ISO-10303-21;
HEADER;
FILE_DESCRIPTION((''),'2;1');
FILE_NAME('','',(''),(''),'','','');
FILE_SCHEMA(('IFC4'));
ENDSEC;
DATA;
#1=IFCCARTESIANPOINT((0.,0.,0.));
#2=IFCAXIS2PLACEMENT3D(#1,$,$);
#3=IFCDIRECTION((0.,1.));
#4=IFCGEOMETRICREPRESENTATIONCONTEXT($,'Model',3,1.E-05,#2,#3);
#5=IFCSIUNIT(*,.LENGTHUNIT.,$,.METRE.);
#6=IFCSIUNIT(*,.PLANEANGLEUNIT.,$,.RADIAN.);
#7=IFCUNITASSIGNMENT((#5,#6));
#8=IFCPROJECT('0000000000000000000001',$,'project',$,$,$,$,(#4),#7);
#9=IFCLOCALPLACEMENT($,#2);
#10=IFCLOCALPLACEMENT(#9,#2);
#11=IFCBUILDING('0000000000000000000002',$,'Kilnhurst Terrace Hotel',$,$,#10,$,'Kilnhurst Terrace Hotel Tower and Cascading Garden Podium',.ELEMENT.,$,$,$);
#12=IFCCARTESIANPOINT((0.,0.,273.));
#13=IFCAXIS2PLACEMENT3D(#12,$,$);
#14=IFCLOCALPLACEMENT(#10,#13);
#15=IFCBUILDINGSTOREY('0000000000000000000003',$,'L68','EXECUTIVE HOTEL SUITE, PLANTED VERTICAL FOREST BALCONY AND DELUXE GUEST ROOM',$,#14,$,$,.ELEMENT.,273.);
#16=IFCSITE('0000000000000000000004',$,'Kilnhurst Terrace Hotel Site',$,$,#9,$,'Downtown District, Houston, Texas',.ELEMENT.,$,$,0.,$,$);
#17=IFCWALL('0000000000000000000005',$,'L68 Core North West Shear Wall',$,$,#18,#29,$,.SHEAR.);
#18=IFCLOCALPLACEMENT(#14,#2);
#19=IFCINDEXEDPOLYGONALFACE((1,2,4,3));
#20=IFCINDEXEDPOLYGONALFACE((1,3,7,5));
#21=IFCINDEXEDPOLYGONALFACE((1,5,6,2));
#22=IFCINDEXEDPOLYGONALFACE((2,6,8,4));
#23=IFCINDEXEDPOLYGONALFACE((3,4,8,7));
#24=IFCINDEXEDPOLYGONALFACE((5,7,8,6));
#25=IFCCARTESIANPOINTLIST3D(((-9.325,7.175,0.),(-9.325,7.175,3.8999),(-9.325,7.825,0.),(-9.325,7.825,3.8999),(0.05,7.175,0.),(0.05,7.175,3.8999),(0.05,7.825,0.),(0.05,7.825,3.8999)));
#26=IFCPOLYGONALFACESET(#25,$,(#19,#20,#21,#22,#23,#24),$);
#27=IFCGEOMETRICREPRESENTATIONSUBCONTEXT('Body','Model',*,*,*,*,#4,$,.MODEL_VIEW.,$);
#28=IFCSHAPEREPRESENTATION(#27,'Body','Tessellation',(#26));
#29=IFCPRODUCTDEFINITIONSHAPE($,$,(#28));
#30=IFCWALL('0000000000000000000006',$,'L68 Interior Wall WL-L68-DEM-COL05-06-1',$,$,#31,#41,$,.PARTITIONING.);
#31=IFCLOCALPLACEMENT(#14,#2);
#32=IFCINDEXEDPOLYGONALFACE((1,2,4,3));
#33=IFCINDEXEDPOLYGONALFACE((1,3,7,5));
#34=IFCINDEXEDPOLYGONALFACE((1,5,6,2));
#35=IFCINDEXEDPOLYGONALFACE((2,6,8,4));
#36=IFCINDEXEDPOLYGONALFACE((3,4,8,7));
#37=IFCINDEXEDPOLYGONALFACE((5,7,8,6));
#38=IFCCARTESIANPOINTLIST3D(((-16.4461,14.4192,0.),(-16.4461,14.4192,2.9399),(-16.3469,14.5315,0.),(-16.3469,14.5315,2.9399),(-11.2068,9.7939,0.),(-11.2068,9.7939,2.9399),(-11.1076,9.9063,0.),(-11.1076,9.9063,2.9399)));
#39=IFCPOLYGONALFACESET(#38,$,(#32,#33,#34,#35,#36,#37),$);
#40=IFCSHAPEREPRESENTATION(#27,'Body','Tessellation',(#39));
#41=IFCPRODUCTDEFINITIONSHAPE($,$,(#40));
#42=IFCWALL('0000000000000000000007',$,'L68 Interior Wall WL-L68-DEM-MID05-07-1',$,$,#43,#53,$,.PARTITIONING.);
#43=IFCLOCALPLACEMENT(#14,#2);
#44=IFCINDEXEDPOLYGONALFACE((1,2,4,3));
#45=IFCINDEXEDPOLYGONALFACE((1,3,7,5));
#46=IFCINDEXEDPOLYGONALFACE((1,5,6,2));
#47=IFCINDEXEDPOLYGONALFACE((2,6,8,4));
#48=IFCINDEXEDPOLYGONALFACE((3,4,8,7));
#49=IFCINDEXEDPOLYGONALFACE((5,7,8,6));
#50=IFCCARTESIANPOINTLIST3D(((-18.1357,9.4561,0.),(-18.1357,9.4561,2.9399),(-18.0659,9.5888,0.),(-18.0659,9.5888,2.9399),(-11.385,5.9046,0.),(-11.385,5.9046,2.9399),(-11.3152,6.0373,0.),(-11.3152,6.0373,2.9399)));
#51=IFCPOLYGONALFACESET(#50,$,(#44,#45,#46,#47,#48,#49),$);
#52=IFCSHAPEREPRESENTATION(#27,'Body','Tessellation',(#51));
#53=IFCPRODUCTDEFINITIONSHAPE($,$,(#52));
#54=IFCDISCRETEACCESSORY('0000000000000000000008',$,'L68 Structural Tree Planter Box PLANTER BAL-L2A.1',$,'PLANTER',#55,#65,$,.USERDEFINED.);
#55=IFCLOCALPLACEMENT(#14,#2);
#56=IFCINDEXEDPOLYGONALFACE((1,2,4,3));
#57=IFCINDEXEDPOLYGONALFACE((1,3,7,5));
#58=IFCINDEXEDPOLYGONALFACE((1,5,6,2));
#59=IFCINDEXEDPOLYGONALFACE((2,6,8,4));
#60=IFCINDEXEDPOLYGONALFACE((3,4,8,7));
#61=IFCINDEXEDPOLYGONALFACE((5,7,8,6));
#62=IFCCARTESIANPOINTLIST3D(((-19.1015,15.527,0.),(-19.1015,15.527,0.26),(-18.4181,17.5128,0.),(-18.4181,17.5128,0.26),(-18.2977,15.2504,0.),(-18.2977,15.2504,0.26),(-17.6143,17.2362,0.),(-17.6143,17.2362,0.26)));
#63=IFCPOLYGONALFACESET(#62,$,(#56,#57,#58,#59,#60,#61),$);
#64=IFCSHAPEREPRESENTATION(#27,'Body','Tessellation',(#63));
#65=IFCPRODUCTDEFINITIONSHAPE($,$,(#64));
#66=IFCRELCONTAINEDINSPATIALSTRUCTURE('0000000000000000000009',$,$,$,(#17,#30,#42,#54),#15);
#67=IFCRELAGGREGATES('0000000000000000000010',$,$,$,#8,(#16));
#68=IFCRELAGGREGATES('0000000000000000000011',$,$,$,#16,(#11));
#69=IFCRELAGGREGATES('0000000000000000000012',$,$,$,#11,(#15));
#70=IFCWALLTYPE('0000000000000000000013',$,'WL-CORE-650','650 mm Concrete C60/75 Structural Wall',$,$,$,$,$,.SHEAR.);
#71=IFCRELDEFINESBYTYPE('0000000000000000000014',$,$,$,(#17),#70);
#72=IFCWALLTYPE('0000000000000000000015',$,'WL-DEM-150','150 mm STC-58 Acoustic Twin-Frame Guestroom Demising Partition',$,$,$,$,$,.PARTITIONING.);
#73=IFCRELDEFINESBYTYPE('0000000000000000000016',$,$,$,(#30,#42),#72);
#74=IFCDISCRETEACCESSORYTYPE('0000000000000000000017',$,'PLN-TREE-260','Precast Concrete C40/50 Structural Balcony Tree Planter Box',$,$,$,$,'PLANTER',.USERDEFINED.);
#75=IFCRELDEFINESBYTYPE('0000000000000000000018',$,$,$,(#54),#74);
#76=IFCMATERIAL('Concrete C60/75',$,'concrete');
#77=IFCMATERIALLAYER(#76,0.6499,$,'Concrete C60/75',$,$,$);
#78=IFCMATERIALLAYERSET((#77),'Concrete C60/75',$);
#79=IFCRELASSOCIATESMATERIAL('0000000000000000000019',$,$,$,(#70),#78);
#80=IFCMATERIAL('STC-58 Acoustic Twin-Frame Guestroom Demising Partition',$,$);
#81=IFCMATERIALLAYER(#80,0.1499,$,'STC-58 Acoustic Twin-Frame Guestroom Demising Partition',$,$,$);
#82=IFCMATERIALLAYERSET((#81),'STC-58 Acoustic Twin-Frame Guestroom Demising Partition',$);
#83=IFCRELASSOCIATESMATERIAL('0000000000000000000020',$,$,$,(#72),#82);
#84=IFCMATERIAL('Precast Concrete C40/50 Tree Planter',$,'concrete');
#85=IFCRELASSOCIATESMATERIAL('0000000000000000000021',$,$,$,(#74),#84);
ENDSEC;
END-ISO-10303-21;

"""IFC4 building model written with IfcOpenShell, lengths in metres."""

from ifc_helpers import new_model, si_unit, direction, frame, frame_2d, origin, origin_2d, place, context, subcontext, project, spatial, rectangle, extrude, material, layer, layer_set, type_object, element, save


model = new_model("IFC4")

# Units and contexts
model_context = context("Model", 3, precision=1e-05, world=origin(), true_north=direction((0.0, 1.0)))
body_context = subcontext(model_context, "Body", "Model", "MODEL_VIEW")
ifc_project = project(units=[si_unit("LENGTHUNIT", "METRE"), si_unit("PLANEANGLEUNIT", "RADIAN")], contexts=[model_context])

# Site, building, storey
site_placement = place(None, origin())
site = spatial("IfcSite", under=ifc_project, at=site_placement, Name="Kilnhurst Terrace Hotel Site", LongName="Downtown District, Houston, Texas", CompositionType="ELEMENT", RefElevation=0.0)
building_placement = place(site_placement, origin())
building = spatial("IfcBuilding", under=site, at=building_placement, Name="Kilnhurst Terrace Hotel", LongName="Kilnhurst Terrace Hotel Tower and Cascading Garden Podium", CompositionType="ELEMENT")
storey_placement = place(building_placement, frame((0.0, 0.0, 273.0)))
storey = spatial("IfcBuildingStorey", under=building, at=storey_placement, Name="L68", Description="EXECUTIVE HOTEL SUITE, PLANTED VERTICAL FOREST BALCONY AND DELUXE GUEST ROOM", CompositionType="ELEMENT", Elevation=273.0)

# Shared definitions
ifc_material_1 = material(Name="Concrete C60/75", Category="concrete")

# Walls
ifc_layer_1 = layer(ifc_material_1, 0.6499, Name="Concrete C60/75")
ifc_layer_set_1 = layer_set([ifc_layer_1], Name="Concrete C60/75")
wall_type_1 = type_object("IfcWallType", Name="WL-CORE-650", Description="650 mm Concrete C60/75 Structural Wall", PredefinedType="SHEAR", material=ifc_layer_set_1)
wall_1_placement = place(storey_placement, frame((-9.325, 7.5, 0.0), z_axis=(0.0, 0.0, 1.0), x_axis=(1.0, 0.0, 0.0)))
element("IfcWall", 1, at=wall_1_placement, inside=storey, type_object=wall_type_1, Name="L68 Core North West Shear Wall", PredefinedType="SHEAR", context=body_context, shape_type="SweptSolid", body=[
    extrude(rectangle(XDim=9.375, YDim=0.6499, at=frame_2d((4.6875, 0.0))), origin(), (0.0, 0.0, 1.0), 3.8999),
])
ifc_material_2 = material(Name="STC-58 Acoustic Twin-Frame Guestroom Demising Partition")
ifc_layer_2 = layer(ifc_material_2, 0.1499, Name="STC-58 Acoustic Twin-Frame Guestroom Demising Partition")
ifc_layer_set_2 = layer_set([ifc_layer_2], Name="STC-58 Acoustic Twin-Frame Guestroom Demising Partition")
wall_type_2 = type_object("IfcWallType", Name="WL-DEM-150", Description="150 mm STC-58 Acoustic Twin-Frame Guestroom Demising Partition", PredefinedType="PARTITIONING", material=ifc_layer_set_2)
wall_2_placement = place(storey_placement, frame((-11.1572, 9.8501, 0.0), z_axis=(0.0, 0.0, 1.0), x_axis=(-0.74967, 0.661812, 0.0)))
element("IfcWall", 2, at=wall_2_placement, inside=storey, type_object=wall_type_2, Name="L68 Interior Wall WL-L68-DEM-COL05-06-1", PredefinedType="PARTITIONING", context=body_context, shape_type="SweptSolid", body=[
    extrude(rectangle(XDim=6.9888, YDim=0.1499, at=frame_2d((3.4944, 0.0))), origin(), (0.0, 0.0, 1.0), 2.9399),
])
wall_3_placement = place(storey_placement, frame((-11.3501, 5.9709, 0.0), z_axis=(0.0, 0.0, 1.0), x_axis=(-0.884999, 0.465592, 0.0)))
element("IfcWall", 3, at=wall_3_placement, inside=storey, type_object=wall_type_2, Name="L68 Interior Wall WL-L68-DEM-MID05-07-1", PredefinedType="PARTITIONING", context=body_context, shape_type="SweptSolid", body=[
    extrude(rectangle(XDim=7.6279, YDim=0.1499, at=frame_2d((3.814, 0.0))), origin(), (0.0, 0.0, 1.0), 2.9399),
])

# Discrete accessory
ifc_material_3 = material(Name="Precast Concrete C40/50 Tree Planter", Category="concrete")
discrete_accessory_type = type_object("IfcDiscreteAccessoryType", Name="PLN-TREE-260", Description="Precast Concrete C40/50 Structural Balcony Tree Planter Box", ElementType="PLANTER", PredefinedType="USERDEFINED", material=ifc_material_3)
discrete_accessory_placement = place(storey_placement, frame((-18.3579, 16.3816, 0.0), z_axis=(0.0, 0.0, 1.0), x_axis=(-0.325403, -0.945575, 0.0)))
element("IfcDiscreteAccessory", 4, at=discrete_accessory_placement, inside=storey, type_object=discrete_accessory_type, Name="L68 Structural Tree Planter Box PLANTER BAL-L2A.1", ObjectType="PLANTER", PredefinedType="USERDEFINED", context=body_context, shape_type="SweptSolid", body=[
    extrude(rectangle(XDim=2.1001, YDim=0.8501, at=origin_2d()), origin(), (0.0, 0.0, 1.0), 0.26),
])

save(model, "model.ifc")
